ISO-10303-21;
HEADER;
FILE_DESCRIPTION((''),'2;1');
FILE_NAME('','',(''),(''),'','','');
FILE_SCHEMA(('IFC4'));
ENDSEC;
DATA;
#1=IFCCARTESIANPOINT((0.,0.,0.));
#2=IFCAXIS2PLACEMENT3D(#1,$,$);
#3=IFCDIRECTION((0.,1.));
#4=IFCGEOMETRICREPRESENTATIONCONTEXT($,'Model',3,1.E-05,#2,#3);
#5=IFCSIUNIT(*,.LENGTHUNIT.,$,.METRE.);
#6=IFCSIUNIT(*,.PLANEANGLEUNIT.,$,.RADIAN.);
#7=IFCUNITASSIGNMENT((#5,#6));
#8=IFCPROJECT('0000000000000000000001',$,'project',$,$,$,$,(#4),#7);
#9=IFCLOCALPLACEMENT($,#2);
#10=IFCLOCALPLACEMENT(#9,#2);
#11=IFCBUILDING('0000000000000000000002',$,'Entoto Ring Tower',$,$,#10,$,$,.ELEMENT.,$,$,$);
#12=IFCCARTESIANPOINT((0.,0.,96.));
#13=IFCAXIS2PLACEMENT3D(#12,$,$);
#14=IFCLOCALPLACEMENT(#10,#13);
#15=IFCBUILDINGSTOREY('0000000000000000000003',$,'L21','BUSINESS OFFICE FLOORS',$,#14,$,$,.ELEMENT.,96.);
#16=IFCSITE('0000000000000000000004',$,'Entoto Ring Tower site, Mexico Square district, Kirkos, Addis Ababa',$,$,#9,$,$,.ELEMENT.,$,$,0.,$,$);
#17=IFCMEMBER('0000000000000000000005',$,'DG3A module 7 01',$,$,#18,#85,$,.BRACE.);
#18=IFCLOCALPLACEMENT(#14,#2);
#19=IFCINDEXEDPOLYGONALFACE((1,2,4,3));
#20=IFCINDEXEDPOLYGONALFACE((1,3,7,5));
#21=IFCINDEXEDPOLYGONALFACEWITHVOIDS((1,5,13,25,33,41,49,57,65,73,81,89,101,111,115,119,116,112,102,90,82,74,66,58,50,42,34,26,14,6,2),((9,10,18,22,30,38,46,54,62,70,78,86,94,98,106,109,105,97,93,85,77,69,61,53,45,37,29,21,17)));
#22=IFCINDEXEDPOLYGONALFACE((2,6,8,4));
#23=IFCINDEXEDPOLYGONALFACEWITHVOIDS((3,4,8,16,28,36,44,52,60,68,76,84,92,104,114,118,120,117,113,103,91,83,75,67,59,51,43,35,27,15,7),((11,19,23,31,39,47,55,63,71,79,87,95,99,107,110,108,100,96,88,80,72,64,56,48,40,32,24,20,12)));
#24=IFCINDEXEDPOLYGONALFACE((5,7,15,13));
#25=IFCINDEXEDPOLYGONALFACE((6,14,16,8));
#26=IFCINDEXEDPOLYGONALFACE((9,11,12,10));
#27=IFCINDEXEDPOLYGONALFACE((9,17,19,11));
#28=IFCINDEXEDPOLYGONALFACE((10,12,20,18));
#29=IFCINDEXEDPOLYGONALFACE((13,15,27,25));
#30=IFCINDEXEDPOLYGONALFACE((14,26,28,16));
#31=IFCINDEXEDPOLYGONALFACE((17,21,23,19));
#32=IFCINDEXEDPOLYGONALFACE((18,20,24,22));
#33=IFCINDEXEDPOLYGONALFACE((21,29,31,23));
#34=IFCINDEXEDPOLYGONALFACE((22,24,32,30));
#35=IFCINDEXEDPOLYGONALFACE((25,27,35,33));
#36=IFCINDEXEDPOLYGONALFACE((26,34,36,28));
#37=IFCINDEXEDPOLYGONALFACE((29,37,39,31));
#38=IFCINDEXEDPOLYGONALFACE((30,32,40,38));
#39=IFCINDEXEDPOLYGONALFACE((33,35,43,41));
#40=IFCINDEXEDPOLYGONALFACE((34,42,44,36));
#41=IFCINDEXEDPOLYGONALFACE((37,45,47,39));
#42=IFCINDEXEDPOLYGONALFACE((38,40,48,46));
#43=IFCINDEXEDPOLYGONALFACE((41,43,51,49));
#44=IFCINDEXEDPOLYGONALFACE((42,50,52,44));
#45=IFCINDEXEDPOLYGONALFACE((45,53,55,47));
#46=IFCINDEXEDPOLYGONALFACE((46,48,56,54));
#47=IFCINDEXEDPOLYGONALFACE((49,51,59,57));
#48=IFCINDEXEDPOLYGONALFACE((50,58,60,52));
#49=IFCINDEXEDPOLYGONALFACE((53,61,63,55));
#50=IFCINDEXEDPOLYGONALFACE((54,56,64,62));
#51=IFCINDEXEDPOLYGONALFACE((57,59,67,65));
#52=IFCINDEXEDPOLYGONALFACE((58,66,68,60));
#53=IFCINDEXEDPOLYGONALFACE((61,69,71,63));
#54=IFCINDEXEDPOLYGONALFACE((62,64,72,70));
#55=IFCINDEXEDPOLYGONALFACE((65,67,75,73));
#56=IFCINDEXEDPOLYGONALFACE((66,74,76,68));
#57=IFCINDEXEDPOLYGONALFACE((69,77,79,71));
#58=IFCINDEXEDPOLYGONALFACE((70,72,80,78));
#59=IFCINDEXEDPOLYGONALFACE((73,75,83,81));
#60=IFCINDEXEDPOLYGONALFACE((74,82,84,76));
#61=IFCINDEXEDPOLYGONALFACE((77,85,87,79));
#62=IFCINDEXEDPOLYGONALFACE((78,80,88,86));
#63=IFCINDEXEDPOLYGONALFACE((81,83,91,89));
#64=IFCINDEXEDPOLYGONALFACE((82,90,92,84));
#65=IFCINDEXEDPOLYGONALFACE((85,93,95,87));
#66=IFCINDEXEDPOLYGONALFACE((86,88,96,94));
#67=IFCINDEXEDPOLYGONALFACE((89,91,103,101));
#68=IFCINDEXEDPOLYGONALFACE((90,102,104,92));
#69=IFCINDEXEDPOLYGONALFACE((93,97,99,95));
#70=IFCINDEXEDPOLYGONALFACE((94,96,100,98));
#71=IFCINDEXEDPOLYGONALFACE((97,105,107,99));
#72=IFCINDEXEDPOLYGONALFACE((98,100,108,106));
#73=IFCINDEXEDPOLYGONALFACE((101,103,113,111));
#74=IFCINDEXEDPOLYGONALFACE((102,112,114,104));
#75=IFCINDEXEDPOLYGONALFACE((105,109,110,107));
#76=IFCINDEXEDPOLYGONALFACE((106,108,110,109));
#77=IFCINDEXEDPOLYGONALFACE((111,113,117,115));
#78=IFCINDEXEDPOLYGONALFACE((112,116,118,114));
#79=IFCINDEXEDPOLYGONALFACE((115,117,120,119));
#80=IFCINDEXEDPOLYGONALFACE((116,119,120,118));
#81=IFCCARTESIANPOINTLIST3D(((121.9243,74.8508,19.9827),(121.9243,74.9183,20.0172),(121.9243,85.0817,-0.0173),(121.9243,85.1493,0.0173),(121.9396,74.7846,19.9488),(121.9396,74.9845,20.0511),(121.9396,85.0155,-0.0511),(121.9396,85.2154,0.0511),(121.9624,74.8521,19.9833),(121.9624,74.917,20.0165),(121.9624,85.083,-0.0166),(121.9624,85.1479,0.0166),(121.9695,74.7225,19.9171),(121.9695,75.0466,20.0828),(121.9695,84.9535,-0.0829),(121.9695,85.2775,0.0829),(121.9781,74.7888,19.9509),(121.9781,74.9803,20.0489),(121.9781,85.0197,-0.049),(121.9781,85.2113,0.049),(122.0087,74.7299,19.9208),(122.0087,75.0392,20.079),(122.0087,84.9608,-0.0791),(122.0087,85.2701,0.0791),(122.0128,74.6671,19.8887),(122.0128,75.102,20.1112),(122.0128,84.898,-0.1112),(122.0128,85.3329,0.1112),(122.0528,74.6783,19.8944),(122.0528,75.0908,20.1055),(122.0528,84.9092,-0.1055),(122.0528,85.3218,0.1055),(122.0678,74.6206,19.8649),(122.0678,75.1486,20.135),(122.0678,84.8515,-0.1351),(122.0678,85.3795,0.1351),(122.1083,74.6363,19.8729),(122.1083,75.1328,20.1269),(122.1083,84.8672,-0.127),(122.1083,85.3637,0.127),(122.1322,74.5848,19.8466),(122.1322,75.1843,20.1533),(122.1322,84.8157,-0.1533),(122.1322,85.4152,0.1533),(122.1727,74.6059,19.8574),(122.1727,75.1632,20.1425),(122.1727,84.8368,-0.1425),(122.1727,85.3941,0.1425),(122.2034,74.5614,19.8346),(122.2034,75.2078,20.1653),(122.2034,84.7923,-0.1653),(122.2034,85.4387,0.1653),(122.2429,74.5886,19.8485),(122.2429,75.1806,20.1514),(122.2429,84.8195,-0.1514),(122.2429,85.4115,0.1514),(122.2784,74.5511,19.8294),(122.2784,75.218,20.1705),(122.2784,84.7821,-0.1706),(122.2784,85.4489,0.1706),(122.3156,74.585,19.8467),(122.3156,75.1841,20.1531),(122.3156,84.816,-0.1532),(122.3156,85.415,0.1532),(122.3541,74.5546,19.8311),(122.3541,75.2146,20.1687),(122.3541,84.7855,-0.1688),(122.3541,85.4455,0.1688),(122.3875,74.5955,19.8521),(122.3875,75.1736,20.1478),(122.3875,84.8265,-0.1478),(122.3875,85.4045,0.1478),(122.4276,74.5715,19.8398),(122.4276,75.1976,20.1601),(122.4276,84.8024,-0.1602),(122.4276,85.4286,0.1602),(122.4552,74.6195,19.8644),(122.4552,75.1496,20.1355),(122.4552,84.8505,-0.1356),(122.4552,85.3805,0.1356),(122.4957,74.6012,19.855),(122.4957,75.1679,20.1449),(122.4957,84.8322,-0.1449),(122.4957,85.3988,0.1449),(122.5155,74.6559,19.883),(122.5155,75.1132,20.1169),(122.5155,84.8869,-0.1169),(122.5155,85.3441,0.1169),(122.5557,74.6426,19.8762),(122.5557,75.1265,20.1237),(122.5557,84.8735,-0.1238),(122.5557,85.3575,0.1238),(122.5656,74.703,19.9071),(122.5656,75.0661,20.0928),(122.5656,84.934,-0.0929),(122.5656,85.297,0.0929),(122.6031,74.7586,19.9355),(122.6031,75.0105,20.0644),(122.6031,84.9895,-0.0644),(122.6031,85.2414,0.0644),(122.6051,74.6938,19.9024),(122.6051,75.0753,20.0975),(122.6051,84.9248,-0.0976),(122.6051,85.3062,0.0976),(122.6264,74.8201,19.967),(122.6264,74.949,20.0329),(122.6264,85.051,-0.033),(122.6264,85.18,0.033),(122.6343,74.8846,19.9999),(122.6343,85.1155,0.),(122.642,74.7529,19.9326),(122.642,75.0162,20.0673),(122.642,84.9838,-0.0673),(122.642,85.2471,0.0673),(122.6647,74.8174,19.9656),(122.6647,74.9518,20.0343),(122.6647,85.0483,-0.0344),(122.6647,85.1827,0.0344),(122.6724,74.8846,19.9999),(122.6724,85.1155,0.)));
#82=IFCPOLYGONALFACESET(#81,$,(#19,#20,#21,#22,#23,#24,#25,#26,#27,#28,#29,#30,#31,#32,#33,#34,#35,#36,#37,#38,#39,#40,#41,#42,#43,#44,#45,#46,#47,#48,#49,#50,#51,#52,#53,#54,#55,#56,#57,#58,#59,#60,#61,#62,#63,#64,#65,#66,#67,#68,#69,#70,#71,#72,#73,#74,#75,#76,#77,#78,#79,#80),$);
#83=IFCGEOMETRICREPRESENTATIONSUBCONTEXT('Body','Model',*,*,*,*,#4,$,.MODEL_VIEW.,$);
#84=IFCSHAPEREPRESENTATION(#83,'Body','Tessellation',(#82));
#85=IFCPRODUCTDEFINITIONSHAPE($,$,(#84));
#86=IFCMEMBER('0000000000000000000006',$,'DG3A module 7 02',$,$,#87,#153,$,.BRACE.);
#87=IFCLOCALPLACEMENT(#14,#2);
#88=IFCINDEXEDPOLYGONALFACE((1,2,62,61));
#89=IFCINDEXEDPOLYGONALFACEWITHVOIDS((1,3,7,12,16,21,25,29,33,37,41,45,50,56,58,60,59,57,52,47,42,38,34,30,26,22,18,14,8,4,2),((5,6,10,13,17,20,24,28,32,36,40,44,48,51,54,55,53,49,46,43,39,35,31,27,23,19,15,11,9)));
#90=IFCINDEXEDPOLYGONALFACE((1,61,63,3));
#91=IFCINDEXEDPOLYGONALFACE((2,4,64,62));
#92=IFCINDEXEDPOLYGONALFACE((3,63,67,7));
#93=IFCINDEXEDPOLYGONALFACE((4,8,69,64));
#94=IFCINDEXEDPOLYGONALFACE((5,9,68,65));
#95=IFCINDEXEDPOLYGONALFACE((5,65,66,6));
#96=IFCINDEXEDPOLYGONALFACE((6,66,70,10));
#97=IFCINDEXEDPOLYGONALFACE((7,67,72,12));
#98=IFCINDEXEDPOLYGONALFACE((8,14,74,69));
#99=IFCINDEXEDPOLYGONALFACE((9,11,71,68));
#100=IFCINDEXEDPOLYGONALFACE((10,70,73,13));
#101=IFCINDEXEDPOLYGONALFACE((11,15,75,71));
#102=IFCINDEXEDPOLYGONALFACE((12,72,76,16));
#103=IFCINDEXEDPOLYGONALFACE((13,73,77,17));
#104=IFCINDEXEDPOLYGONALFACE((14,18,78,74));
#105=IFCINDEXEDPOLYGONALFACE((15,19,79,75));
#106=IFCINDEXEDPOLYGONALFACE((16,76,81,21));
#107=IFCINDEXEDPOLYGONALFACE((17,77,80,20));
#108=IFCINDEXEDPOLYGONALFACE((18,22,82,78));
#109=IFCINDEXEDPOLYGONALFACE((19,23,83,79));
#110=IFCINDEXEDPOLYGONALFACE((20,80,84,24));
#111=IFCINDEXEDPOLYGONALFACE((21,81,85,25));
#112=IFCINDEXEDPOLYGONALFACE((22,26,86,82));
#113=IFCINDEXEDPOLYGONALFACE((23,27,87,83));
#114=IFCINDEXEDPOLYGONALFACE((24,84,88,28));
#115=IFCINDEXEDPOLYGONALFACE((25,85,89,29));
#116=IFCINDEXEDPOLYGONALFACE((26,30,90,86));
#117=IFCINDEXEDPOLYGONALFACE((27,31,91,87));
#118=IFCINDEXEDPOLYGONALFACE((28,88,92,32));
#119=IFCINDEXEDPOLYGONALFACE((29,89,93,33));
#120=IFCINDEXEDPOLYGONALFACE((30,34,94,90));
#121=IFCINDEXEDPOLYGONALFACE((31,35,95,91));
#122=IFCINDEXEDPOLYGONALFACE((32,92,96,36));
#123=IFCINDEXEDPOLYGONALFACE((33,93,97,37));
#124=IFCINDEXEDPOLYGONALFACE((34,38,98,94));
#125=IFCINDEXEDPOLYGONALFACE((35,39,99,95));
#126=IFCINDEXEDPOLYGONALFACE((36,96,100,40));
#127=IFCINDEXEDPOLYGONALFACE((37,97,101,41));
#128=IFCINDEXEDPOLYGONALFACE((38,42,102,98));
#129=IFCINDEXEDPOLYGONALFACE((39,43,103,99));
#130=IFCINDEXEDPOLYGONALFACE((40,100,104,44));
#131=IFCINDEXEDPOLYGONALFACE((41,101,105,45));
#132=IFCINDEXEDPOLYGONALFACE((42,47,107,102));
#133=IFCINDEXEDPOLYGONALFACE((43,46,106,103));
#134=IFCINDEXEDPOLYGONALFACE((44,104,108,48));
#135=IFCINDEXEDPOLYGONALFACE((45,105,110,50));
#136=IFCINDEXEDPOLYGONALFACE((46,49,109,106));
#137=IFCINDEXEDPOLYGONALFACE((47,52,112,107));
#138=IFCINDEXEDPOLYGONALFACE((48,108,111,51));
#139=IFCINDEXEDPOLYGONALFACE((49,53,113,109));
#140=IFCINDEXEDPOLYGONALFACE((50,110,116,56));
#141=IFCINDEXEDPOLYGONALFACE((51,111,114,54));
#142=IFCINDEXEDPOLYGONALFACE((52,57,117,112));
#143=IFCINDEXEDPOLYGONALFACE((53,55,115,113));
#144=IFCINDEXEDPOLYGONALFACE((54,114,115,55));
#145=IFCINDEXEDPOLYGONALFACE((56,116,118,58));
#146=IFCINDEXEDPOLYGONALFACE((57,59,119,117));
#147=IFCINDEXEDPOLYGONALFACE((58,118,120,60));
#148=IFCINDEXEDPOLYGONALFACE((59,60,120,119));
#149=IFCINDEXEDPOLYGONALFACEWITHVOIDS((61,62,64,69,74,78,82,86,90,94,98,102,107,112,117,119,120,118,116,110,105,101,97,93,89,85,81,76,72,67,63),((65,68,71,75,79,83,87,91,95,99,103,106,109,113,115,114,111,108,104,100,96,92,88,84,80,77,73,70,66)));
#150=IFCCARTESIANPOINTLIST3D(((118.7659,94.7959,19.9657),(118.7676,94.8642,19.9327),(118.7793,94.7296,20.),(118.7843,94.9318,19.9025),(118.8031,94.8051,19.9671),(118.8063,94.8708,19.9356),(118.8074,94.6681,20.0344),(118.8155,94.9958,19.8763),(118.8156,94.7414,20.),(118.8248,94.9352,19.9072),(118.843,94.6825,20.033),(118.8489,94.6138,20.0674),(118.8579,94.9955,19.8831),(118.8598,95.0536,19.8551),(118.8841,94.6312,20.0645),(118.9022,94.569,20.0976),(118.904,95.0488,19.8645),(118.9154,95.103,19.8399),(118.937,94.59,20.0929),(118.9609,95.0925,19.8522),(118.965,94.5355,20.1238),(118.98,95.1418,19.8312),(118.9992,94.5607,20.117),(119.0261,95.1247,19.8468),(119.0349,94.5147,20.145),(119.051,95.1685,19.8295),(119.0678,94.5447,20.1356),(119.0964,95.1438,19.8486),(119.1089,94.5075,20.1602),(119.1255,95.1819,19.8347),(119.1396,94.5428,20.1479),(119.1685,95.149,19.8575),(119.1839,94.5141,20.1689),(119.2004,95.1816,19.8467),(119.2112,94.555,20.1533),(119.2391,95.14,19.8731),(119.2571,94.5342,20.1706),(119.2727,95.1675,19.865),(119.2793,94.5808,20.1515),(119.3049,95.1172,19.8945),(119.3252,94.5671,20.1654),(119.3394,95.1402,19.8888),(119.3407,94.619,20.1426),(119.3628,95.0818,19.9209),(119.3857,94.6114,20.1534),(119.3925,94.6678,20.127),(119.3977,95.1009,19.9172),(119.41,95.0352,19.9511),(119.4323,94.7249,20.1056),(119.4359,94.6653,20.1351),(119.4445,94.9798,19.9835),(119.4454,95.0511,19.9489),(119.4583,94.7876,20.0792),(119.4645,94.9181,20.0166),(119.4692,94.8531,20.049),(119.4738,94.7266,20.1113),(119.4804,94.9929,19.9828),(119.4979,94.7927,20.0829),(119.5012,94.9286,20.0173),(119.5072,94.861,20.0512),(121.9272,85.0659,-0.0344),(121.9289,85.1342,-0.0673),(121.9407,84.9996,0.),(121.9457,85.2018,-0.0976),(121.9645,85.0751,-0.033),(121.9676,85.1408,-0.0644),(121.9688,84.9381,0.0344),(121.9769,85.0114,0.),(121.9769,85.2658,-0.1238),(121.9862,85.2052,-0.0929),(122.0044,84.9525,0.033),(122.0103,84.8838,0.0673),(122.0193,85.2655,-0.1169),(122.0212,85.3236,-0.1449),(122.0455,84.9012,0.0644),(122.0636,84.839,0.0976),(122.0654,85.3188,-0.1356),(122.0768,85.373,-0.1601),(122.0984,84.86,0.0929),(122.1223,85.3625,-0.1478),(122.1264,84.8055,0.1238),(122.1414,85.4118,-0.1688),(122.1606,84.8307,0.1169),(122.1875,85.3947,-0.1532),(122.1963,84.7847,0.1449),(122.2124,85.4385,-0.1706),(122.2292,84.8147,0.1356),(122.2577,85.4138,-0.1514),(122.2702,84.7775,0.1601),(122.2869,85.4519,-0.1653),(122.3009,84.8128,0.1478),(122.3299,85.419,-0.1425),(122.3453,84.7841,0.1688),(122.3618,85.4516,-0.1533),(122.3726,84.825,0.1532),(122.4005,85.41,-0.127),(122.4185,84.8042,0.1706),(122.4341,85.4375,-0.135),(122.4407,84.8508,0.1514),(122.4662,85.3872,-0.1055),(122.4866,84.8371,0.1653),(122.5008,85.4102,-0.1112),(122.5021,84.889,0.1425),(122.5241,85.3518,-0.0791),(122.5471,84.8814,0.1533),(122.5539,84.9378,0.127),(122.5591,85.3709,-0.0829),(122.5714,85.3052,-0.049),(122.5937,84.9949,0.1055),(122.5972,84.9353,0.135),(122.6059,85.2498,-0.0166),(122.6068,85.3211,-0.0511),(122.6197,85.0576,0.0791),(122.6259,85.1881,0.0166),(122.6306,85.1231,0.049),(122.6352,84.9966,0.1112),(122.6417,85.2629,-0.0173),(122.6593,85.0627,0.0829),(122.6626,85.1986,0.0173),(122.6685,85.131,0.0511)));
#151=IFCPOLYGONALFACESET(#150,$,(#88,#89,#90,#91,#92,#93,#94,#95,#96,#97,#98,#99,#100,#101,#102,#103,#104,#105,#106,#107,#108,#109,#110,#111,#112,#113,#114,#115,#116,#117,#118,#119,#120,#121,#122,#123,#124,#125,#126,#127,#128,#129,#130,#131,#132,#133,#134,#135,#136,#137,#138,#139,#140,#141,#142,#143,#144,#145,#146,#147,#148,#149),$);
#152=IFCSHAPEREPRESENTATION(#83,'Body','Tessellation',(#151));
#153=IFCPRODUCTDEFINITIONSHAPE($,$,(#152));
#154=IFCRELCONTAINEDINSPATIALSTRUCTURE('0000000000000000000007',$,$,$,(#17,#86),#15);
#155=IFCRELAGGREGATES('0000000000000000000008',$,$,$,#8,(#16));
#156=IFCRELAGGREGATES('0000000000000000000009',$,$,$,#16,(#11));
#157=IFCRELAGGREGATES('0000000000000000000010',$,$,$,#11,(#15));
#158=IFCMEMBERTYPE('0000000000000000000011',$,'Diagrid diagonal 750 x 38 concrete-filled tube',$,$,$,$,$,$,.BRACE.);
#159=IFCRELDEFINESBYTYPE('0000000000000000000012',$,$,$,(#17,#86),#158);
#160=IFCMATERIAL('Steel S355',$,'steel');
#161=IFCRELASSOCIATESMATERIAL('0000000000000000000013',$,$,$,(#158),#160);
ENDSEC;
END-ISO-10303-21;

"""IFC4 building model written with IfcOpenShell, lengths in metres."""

from ifc_helpers import new_model, si_unit, direction, frame, origin, origin_2d, place, context, subcontext, project, spatial, circle, hollow_circle, extrude, material, material_profile, profile_set, type_object, element, save


model = new_model("IFC4")

# Units and contexts
model_context = context("Model", 3, precision=1e-05, world=origin(), true_north=direction((0.0, 1.0)))
body_context = subcontext(model_context, "Body", "Model", "MODEL_VIEW")
ifc_project = project(units=[si_unit("LENGTHUNIT", "METRE"), si_unit("PLANEANGLEUNIT", "RADIAN")], contexts=[model_context])

# Site, building, storey
site_placement = place(None, origin())
site = spatial("IfcSite", under=ifc_project, at=site_placement, Name="Entoto Ring Tower site, Mexico Square district, Kirkos, Addis Ababa", CompositionType="ELEMENT", RefElevation=0.0)
building_placement = place(site_placement, origin())
building = spatial("IfcBuilding", under=site, at=building_placement, Name="Entoto Ring Tower", CompositionType="ELEMENT")
storey_placement = place(building_placement, frame((0.0, 0.0, 96.0)))
storey = spatial("IfcBuildingStorey", under=building, at=storey_placement, Name="L21", Description="BUSINESS OFFICE FLOORS", CompositionType="ELEMENT", Elevation=96.0)

# Members
ifc_material_1 = material(Name="Steel S355", Category="steel")
ifc_material_profile_1 = material_profile(ifc_material_1, hollow_circle(Radius=0.375, WallThickness=0.0381, at=origin_2d()), Name="CHS 750 x 38")
ifc_material_2 = material(Name="Concrete C60/75", Category="concrete")
ifc_material_profile_2 = material_profile(ifc_material_2, circle(Radius=0.3369, at=origin_2d()), Name="Concrete C60/75 infill")
ifc_profile_set_1 = profile_set([ifc_material_profile_1, ifc_material_profile_2], Name="Steel S355")
member_type_1 = type_object("IfcMemberType", Name="Diagrid diagonal 750 x 38 concrete-filled tube", PredefinedType="BRACE", material=ifc_profile_set_1)
for number, where, z_axis, x_axis, name in (
    (1, (122.2974, 85.1155, 0.0), (0.0, -0.455419, 0.890277), (1.0, 0.0, 0.0), "DG3A module 7 01"),
    (2, (122.2974, 85.1155, 0.0), (-0.140726, 0.433121, 0.890282), (-0.951059, -0.309009, 0.0), "DG3A module 7 02"),
):
    element("IfcMember", number, at=place(storey_placement, frame(where, z_axis=z_axis, x_axis=x_axis)), inside=storey, type_object=member_type_1, Name=name, PredefinedType="BRACE", context=body_context, shape_type="SweptSolid", body=[
        extrude(hollow_circle(Radius=0.375, WallThickness=0.0381, at=origin_2d()), origin(), (0.0, 0.0, 1.0), 22.4648),
    ])

save(model, "model.ifc")
